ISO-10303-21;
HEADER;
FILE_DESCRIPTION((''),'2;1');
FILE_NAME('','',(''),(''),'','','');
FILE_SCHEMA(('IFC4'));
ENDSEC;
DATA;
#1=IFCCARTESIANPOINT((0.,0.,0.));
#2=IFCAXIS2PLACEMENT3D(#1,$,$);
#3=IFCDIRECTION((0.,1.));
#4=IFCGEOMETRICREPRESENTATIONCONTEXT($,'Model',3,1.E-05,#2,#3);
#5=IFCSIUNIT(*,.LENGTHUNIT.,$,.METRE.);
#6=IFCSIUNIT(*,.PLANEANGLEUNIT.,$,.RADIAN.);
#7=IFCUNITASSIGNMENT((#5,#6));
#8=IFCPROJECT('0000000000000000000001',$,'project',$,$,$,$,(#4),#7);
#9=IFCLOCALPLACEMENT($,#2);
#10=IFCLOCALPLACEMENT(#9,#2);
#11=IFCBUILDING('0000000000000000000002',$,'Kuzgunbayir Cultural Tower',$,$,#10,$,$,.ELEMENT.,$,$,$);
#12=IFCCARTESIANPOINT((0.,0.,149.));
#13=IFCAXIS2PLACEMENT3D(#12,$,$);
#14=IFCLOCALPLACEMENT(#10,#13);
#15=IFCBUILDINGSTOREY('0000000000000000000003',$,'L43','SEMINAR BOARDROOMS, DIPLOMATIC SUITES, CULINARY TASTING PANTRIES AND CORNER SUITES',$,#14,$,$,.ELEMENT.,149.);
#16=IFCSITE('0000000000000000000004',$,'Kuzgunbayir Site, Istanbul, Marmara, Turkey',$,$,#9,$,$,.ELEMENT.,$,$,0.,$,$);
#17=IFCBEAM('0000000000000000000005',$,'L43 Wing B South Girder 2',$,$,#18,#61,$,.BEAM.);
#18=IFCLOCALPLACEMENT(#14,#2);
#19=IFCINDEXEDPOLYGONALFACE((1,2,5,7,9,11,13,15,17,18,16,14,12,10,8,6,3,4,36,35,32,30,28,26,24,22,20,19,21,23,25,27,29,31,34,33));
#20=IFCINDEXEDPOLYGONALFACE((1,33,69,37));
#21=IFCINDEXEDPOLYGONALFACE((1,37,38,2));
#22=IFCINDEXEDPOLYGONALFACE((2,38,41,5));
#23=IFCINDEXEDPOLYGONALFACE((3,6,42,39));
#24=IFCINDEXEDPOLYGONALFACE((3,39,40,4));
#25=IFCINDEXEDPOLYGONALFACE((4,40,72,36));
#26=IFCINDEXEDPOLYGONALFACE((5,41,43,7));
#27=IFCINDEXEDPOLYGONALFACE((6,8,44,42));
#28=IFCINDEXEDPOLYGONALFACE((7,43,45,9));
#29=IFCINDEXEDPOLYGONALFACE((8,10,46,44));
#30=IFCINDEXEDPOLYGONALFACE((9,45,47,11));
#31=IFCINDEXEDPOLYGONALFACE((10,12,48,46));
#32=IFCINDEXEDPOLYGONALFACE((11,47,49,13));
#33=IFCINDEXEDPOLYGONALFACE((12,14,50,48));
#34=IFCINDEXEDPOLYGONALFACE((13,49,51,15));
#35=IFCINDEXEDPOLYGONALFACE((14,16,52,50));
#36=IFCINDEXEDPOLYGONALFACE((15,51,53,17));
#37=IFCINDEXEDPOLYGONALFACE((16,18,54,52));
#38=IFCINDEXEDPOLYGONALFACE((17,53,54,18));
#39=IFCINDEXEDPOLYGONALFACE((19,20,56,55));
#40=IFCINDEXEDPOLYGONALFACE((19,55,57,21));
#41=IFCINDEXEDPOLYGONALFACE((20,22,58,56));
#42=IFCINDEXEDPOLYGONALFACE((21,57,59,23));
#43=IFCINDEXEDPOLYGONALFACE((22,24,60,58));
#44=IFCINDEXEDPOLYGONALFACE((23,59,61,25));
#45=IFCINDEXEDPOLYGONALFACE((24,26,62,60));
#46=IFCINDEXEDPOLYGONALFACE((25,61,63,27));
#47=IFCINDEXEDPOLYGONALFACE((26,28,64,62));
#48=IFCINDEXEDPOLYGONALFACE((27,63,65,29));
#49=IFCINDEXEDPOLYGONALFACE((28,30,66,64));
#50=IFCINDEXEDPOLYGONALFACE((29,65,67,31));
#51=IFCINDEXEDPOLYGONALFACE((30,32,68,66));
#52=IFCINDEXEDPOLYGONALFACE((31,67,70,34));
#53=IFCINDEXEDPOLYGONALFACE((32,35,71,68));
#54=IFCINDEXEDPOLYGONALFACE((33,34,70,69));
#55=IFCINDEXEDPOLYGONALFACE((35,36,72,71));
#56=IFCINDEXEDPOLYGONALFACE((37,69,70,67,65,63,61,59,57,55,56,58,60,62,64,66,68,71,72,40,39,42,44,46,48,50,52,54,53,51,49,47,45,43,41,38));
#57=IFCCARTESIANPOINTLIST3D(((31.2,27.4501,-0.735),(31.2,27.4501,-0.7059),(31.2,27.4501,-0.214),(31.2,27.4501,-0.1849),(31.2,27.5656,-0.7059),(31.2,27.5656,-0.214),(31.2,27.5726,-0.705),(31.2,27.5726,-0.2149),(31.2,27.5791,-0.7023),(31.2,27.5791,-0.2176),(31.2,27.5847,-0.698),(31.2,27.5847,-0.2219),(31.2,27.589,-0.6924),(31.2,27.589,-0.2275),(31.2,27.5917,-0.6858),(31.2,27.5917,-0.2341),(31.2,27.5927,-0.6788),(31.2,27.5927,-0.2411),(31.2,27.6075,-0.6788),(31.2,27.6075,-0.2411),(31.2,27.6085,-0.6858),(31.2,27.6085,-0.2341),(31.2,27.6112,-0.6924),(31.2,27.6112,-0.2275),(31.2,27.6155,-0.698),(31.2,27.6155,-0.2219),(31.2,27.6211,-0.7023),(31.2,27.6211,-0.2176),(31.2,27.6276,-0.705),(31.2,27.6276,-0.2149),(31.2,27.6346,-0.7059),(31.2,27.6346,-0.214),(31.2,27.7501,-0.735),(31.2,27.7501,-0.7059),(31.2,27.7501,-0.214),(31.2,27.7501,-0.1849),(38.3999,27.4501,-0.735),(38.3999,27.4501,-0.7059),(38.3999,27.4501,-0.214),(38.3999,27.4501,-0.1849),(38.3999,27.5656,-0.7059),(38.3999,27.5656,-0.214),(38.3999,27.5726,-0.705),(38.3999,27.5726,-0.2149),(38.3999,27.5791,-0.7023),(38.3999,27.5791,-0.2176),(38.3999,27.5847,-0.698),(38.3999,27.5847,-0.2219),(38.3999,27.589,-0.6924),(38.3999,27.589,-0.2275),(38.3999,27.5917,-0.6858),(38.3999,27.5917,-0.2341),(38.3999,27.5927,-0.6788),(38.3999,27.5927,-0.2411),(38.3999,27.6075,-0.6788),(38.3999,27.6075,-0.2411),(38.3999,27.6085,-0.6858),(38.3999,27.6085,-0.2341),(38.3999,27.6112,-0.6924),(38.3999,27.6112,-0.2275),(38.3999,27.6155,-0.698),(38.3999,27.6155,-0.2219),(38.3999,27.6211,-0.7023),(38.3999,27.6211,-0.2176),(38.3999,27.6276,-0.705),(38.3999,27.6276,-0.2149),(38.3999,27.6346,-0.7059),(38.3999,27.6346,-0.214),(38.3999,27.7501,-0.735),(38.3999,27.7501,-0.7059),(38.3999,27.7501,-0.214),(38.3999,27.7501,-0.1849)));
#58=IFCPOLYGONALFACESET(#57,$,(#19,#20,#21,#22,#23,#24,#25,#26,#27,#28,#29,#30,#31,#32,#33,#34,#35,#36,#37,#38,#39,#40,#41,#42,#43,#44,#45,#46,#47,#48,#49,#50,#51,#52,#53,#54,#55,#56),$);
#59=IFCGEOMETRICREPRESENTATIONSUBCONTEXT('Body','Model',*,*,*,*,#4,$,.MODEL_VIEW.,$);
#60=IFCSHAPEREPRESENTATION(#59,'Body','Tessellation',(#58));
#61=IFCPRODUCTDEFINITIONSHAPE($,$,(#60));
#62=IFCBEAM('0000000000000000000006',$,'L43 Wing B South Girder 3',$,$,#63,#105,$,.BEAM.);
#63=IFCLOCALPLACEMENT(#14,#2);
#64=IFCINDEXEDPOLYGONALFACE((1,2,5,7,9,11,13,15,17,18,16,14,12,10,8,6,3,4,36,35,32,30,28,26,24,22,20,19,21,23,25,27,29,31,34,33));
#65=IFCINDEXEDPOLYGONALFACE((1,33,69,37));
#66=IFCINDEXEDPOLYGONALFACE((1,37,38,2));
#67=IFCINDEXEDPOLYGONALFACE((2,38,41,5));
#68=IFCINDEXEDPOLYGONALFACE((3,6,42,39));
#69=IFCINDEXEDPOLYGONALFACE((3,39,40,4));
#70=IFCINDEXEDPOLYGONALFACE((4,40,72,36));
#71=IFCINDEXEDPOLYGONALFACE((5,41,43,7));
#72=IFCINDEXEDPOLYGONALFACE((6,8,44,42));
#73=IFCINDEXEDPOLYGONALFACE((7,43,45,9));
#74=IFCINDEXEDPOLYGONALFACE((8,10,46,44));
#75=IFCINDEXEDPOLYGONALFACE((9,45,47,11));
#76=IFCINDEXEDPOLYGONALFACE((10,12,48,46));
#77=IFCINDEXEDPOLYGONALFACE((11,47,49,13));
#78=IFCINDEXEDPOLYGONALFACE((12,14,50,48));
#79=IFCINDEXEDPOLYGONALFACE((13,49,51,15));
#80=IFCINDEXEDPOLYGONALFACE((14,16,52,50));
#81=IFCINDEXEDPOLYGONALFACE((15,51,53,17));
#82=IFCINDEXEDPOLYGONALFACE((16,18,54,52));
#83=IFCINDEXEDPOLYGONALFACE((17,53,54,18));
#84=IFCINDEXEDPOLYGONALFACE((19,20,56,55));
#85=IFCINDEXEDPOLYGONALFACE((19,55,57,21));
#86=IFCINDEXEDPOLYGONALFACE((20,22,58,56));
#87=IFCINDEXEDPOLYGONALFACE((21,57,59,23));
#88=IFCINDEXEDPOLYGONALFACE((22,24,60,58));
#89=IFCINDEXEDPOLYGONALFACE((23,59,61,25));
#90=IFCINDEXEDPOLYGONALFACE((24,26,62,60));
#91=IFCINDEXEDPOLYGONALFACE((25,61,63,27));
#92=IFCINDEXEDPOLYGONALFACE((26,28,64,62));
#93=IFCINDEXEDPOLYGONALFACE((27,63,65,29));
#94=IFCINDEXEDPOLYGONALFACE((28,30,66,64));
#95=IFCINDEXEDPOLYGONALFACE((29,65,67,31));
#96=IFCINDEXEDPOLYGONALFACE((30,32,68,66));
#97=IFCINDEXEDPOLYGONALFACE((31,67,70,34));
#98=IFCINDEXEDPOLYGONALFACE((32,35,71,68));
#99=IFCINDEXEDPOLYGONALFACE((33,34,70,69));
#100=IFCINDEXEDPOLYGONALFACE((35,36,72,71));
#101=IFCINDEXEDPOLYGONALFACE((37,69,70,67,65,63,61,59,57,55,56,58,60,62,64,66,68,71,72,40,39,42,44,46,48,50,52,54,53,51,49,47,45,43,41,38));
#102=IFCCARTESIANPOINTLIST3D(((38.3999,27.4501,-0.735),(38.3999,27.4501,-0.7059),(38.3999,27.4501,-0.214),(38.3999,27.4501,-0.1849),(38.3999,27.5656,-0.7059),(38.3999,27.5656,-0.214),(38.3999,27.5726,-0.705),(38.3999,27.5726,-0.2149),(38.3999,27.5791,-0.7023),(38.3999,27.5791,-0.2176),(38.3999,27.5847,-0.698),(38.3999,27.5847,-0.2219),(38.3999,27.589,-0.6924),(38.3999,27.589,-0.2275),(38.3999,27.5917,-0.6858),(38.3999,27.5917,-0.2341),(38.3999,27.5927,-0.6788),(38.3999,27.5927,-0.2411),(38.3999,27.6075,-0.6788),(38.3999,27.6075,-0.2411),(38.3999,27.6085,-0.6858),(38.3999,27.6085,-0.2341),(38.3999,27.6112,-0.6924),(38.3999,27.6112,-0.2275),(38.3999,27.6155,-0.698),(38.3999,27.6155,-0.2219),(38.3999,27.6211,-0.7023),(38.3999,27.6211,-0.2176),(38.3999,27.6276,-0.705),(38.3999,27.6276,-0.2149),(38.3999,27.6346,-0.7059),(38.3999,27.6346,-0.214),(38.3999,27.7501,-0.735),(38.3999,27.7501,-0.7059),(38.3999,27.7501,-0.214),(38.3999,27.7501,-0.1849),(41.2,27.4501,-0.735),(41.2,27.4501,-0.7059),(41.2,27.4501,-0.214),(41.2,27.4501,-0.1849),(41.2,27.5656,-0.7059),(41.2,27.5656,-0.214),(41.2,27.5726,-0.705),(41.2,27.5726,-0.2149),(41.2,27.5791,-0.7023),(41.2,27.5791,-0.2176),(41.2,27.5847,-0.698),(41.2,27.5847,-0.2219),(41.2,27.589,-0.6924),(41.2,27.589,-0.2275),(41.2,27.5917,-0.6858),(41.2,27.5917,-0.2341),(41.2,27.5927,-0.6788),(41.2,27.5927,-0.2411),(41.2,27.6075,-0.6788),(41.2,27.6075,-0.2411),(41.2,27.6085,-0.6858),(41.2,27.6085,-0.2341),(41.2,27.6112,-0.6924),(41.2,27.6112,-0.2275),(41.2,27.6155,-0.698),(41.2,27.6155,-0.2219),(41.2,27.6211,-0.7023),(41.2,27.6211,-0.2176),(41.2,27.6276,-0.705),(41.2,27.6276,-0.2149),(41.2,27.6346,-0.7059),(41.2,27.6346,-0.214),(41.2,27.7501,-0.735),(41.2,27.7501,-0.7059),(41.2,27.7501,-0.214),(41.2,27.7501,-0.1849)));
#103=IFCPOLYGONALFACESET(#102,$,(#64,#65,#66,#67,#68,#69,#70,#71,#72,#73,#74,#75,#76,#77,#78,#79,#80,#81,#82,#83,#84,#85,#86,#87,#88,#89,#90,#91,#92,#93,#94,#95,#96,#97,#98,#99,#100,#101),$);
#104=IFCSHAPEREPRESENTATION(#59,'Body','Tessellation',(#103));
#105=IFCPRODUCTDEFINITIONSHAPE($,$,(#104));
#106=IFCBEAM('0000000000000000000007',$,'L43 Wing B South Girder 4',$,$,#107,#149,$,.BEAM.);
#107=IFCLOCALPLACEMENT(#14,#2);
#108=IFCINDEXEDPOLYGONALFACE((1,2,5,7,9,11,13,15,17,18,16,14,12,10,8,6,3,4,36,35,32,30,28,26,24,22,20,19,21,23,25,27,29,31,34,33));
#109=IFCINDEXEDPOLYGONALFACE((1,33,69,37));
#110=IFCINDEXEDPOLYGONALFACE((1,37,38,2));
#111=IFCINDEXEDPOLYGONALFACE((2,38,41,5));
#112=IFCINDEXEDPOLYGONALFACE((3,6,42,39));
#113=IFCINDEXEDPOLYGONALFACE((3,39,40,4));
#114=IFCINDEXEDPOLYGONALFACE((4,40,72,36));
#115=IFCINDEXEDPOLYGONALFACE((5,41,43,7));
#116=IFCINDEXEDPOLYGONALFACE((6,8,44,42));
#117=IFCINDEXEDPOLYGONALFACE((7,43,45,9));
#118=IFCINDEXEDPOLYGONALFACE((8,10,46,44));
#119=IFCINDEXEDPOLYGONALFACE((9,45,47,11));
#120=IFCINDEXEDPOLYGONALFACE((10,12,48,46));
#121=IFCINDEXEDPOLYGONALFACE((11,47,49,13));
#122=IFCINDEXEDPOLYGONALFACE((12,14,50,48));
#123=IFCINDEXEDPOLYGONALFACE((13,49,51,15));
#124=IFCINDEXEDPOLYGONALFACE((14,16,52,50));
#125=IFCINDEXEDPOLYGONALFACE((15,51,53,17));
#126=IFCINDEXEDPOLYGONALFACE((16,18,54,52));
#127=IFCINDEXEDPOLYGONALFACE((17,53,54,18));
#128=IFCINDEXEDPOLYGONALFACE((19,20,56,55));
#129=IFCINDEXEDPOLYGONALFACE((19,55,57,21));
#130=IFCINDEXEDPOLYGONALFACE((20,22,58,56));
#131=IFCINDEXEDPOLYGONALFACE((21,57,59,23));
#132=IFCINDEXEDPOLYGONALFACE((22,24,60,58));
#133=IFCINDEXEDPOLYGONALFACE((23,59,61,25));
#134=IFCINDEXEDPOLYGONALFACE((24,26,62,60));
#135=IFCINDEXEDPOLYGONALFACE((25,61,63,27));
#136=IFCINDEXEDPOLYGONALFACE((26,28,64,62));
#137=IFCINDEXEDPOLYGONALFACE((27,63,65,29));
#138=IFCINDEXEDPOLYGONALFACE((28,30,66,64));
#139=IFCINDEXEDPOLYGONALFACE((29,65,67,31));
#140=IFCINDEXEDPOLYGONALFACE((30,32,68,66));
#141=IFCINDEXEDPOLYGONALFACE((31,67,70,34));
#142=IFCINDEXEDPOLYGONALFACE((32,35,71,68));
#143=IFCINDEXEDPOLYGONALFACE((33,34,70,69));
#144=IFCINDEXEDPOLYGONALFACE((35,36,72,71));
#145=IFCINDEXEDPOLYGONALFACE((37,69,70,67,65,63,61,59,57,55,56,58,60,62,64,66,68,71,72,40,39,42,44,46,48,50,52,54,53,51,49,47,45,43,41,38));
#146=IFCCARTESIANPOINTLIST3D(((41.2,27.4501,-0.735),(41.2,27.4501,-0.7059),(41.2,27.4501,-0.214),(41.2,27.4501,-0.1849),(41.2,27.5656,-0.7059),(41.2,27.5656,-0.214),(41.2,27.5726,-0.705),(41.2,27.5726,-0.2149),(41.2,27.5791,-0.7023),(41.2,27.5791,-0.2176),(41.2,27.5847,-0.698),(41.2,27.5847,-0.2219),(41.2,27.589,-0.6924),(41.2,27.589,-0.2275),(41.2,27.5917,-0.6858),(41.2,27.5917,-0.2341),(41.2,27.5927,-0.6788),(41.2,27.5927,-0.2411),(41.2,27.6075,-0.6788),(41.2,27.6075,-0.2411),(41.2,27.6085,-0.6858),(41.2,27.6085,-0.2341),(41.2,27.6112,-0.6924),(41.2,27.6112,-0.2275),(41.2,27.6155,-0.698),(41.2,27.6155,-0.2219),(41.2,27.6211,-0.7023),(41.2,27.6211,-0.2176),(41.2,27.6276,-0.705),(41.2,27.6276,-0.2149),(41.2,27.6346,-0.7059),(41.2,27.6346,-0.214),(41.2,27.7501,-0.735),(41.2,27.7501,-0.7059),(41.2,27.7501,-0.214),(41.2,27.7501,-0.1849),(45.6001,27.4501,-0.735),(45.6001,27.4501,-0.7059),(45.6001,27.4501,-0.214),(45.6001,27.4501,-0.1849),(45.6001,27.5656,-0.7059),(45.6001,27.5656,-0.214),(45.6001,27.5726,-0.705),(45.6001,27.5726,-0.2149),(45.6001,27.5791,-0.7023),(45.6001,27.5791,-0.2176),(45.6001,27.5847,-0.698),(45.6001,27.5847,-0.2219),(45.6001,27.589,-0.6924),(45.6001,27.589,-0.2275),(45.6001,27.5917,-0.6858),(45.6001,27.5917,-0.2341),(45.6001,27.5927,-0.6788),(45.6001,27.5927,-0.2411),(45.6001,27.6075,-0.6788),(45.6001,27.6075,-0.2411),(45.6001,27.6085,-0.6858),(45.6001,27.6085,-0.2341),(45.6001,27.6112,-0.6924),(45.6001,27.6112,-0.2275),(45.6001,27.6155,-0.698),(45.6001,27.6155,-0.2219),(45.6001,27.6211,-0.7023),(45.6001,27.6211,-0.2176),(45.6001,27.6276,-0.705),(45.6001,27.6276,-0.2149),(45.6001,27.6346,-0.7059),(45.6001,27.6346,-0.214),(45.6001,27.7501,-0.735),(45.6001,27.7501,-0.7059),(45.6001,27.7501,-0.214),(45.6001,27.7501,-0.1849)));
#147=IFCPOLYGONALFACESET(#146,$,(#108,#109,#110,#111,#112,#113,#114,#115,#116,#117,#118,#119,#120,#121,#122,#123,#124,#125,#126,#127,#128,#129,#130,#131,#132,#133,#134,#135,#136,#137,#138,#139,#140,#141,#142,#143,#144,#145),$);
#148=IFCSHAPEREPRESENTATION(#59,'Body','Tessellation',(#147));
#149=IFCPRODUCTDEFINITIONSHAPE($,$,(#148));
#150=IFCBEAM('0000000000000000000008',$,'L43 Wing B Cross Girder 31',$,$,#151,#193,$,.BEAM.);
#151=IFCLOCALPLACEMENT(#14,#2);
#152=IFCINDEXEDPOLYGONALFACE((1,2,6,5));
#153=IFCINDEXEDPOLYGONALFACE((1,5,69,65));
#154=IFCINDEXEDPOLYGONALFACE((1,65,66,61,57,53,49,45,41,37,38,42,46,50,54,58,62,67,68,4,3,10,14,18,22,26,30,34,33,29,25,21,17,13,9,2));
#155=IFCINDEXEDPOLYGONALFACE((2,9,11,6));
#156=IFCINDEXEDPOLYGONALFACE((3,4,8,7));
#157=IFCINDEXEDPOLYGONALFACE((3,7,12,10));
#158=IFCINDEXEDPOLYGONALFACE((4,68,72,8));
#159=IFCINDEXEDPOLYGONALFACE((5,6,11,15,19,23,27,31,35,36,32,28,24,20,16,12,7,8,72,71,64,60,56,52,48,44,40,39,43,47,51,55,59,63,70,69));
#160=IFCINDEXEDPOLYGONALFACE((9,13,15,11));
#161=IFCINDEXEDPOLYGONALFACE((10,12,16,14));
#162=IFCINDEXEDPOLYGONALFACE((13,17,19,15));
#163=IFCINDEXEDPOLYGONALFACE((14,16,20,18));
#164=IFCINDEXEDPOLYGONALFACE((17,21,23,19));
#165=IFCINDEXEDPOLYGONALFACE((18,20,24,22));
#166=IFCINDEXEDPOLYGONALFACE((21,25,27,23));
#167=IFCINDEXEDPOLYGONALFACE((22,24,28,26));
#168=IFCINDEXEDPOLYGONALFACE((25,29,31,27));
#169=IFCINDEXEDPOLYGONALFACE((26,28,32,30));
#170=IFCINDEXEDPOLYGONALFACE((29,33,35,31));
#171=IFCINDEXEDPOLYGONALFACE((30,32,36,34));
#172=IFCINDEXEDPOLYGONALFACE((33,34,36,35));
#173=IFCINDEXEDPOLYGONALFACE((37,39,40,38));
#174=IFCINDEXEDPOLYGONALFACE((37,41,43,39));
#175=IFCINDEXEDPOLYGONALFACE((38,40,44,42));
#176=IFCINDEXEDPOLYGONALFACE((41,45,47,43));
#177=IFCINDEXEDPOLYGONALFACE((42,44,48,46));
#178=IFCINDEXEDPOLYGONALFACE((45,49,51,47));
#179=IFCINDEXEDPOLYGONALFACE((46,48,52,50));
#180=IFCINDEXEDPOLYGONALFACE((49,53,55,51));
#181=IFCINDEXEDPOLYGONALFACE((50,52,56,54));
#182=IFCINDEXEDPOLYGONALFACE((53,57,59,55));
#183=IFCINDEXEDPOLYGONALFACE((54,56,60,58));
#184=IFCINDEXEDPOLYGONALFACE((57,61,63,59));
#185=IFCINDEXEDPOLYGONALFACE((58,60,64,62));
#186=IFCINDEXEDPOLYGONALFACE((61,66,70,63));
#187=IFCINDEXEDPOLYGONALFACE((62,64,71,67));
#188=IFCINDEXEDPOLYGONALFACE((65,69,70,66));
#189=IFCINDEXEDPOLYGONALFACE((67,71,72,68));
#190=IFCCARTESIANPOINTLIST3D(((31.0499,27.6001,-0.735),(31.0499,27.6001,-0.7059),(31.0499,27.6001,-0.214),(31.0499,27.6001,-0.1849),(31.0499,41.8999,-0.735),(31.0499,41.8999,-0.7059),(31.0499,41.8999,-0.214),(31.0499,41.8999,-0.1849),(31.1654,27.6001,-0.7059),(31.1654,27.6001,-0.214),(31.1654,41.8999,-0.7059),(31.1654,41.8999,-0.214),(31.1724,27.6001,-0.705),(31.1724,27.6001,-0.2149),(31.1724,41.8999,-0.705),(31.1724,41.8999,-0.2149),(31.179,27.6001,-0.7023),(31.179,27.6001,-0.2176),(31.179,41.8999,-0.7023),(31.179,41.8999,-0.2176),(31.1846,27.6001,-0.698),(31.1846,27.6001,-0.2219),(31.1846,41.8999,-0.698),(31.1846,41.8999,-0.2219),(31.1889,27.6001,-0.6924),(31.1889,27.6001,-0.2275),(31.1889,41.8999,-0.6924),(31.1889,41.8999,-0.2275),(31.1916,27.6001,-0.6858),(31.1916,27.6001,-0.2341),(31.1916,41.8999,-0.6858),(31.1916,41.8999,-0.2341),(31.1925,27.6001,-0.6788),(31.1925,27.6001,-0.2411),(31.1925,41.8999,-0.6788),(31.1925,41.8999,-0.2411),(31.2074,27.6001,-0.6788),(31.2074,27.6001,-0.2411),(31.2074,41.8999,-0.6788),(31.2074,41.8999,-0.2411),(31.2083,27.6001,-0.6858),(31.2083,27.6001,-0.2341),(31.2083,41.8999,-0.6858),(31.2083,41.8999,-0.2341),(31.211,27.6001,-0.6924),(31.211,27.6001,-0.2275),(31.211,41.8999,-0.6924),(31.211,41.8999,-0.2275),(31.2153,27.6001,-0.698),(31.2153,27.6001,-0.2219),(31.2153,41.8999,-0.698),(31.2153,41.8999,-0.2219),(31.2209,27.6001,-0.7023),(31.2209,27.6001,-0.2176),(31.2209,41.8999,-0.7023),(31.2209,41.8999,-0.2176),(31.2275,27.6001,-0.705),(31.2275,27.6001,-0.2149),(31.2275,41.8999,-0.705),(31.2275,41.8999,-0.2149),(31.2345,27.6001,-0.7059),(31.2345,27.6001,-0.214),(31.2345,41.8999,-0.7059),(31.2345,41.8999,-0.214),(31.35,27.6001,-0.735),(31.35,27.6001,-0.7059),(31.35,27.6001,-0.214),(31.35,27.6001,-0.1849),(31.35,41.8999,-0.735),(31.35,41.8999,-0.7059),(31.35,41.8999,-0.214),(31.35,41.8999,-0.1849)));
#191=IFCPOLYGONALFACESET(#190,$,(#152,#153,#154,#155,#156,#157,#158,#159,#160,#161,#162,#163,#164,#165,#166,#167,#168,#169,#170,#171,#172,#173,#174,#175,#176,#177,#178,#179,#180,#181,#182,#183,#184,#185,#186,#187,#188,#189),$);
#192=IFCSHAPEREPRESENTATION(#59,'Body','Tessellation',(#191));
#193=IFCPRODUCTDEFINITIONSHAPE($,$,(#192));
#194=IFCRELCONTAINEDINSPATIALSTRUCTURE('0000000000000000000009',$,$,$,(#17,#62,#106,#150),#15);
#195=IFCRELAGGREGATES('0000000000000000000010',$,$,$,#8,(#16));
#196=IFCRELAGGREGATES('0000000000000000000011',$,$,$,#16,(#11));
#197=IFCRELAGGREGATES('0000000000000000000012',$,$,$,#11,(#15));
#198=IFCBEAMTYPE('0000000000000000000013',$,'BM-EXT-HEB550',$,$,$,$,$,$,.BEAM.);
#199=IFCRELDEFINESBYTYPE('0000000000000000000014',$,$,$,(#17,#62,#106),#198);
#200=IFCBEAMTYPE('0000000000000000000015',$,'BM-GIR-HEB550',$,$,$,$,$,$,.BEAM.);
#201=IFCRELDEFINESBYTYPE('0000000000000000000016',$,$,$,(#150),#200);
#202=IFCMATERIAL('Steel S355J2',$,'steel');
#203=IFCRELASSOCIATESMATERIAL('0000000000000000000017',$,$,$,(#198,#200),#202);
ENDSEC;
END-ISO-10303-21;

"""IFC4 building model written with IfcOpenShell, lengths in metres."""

from ifc_helpers import new_model, si_unit, direction, frame, origin, origin_2d, place, context, subcontext, project, spatial, i_section, extrude, material, material_profile, profile_set, type_object, element, save


model = new_model("IFC4")

# Units and contexts
model_context = context("Model", 3, precision=1e-05, world=origin(), true_north=direction((0.0, 1.0)))
body_context = subcontext(model_context, "Body", "Model", "MODEL_VIEW")
ifc_project = project(units=[si_unit("LENGTHUNIT", "METRE"), si_unit("PLANEANGLEUNIT", "RADIAN")], contexts=[model_context])

# Site, building, storey
site_placement = place(None, origin())
site = spatial("IfcSite", under=ifc_project, at=site_placement, Name="Kuzgunbayir Site, Istanbul, Marmara, Turkey", CompositionType="ELEMENT", RefElevation=0.0)
building_placement = place(site_placement, origin())
building = spatial("IfcBuilding", under=site, at=building_placement, Name="Kuzgunbayir Cultural Tower", CompositionType="ELEMENT")
storey_placement = place(building_placement, frame((0.0, 0.0, 149.0)))
storey = spatial("IfcBuildingStorey", under=building, at=storey_placement, Name="L43", Description="SEMINAR BOARDROOMS, DIPLOMATIC SUITES, CULINARY TASTING PANTRIES AND CORNER SUITES", CompositionType="ELEMENT", Elevation=149.0)

# Beams
ifc_material_1 = material(Name="Steel S355J2", Category="steel")
ifc_material_profile_1 = material_profile(ifc_material_1, i_section(OverallWidth=0.3, OverallDepth=0.55, WebThickness=0.0149, FlangeThickness=0.0291, FilletRadius=0.0271, at=origin_2d()), Name="HEB 550")
ifc_profile_set_1 = profile_set([ifc_material_profile_1], Name="Steel S355J2")
beam_type_1 = type_object("IfcBeamType", Name="BM-EXT-HEB550", PredefinedType="BEAM", material=ifc_profile_set_1)
beam_1_placement = place(storey_placement, frame((31.2, 27.6001, -0.46), z_axis=(1.0, 0.0, 0.0), x_axis=(0.0, 1.0, 0.0)))
element("IfcBeam", 1, at=beam_1_placement, inside=storey, type_object=beam_type_1, Name="L43 Wing B South Girder 2", PredefinedType="BEAM", context=body_context, shape_type="SweptSolid", body=[
    extrude(i_section(OverallWidth=0.3, OverallDepth=0.55, WebThickness=0.0149, FlangeThickness=0.0291, FilletRadius=0.0271, at=origin_2d()), origin(), (0.0, 0.0, 1.0), 7.2),
])
beam_2_placement = place(storey_placement, frame((38.3999, 27.6001, -0.46), z_axis=(1.0, 0.0, 0.0), x_axis=(0.0, 1.0, 0.0)))
element("IfcBeam", 2, at=beam_2_placement, inside=storey, type_object=beam_type_1, Name="L43 Wing B South Girder 3", PredefinedType="BEAM", context=body_context, shape_type="SweptSolid", body=[
    extrude(i_section(OverallWidth=0.3, OverallDepth=0.55, WebThickness=0.0149, FlangeThickness=0.0291, FilletRadius=0.0271, at=origin_2d()), origin(), (0.0, 0.0, 1.0), 2.8),
])
beam_3_placement = place(storey_placement, frame((41.2, 27.6001, -0.46), z_axis=(1.0, 0.0, 0.0), x_axis=(0.0, 1.0, 0.0)))
element("IfcBeam", 3, at=beam_3_placement, inside=storey, type_object=beam_type_1, Name="L43 Wing B South Girder 4", PredefinedType="BEAM", context=body_context, shape_type="SweptSolid", body=[
    extrude(i_section(OverallWidth=0.3, OverallDepth=0.55, WebThickness=0.0149, FlangeThickness=0.0291, FilletRadius=0.0271, at=origin_2d()), origin(), (0.0, 0.0, 1.0), 4.4001),
])
ifc_material_profile_2 = material_profile(ifc_material_1, i_section(OverallWidth=0.3, OverallDepth=0.55, WebThickness=0.0149, FlangeThickness=0.0291, FilletRadius=0.0271, at=origin_2d()), Name="HEB 550")
ifc_profile_set_2 = profile_set([ifc_material_profile_2], Name="Steel S355J2")
beam_type_2 = type_object("IfcBeamType", Name="BM-GIR-HEB550", PredefinedType="BEAM", material=ifc_profile_set_2)
beam_4_placement = place(storey_placement, frame((31.2, 27.6001, -0.46), z_axis=(0.0, 1.0, 0.0), x_axis=(-1.0, 0.0, 0.0)))
element("IfcBeam", 4, at=beam_4_placement, inside=storey, type_object=beam_type_2, Name="L43 Wing B Cross Girder 31", PredefinedType="BEAM", context=body_context, shape_type="SweptSolid", body=[
    extrude(i_section(OverallWidth=0.3, OverallDepth=0.55, WebThickness=0.0149, FlangeThickness=0.0291, FilletRadius=0.0271, at=origin_2d()), origin(), (0.0, 0.0, 1.0), 14.2998),
])

save(model, "model.ifc")
